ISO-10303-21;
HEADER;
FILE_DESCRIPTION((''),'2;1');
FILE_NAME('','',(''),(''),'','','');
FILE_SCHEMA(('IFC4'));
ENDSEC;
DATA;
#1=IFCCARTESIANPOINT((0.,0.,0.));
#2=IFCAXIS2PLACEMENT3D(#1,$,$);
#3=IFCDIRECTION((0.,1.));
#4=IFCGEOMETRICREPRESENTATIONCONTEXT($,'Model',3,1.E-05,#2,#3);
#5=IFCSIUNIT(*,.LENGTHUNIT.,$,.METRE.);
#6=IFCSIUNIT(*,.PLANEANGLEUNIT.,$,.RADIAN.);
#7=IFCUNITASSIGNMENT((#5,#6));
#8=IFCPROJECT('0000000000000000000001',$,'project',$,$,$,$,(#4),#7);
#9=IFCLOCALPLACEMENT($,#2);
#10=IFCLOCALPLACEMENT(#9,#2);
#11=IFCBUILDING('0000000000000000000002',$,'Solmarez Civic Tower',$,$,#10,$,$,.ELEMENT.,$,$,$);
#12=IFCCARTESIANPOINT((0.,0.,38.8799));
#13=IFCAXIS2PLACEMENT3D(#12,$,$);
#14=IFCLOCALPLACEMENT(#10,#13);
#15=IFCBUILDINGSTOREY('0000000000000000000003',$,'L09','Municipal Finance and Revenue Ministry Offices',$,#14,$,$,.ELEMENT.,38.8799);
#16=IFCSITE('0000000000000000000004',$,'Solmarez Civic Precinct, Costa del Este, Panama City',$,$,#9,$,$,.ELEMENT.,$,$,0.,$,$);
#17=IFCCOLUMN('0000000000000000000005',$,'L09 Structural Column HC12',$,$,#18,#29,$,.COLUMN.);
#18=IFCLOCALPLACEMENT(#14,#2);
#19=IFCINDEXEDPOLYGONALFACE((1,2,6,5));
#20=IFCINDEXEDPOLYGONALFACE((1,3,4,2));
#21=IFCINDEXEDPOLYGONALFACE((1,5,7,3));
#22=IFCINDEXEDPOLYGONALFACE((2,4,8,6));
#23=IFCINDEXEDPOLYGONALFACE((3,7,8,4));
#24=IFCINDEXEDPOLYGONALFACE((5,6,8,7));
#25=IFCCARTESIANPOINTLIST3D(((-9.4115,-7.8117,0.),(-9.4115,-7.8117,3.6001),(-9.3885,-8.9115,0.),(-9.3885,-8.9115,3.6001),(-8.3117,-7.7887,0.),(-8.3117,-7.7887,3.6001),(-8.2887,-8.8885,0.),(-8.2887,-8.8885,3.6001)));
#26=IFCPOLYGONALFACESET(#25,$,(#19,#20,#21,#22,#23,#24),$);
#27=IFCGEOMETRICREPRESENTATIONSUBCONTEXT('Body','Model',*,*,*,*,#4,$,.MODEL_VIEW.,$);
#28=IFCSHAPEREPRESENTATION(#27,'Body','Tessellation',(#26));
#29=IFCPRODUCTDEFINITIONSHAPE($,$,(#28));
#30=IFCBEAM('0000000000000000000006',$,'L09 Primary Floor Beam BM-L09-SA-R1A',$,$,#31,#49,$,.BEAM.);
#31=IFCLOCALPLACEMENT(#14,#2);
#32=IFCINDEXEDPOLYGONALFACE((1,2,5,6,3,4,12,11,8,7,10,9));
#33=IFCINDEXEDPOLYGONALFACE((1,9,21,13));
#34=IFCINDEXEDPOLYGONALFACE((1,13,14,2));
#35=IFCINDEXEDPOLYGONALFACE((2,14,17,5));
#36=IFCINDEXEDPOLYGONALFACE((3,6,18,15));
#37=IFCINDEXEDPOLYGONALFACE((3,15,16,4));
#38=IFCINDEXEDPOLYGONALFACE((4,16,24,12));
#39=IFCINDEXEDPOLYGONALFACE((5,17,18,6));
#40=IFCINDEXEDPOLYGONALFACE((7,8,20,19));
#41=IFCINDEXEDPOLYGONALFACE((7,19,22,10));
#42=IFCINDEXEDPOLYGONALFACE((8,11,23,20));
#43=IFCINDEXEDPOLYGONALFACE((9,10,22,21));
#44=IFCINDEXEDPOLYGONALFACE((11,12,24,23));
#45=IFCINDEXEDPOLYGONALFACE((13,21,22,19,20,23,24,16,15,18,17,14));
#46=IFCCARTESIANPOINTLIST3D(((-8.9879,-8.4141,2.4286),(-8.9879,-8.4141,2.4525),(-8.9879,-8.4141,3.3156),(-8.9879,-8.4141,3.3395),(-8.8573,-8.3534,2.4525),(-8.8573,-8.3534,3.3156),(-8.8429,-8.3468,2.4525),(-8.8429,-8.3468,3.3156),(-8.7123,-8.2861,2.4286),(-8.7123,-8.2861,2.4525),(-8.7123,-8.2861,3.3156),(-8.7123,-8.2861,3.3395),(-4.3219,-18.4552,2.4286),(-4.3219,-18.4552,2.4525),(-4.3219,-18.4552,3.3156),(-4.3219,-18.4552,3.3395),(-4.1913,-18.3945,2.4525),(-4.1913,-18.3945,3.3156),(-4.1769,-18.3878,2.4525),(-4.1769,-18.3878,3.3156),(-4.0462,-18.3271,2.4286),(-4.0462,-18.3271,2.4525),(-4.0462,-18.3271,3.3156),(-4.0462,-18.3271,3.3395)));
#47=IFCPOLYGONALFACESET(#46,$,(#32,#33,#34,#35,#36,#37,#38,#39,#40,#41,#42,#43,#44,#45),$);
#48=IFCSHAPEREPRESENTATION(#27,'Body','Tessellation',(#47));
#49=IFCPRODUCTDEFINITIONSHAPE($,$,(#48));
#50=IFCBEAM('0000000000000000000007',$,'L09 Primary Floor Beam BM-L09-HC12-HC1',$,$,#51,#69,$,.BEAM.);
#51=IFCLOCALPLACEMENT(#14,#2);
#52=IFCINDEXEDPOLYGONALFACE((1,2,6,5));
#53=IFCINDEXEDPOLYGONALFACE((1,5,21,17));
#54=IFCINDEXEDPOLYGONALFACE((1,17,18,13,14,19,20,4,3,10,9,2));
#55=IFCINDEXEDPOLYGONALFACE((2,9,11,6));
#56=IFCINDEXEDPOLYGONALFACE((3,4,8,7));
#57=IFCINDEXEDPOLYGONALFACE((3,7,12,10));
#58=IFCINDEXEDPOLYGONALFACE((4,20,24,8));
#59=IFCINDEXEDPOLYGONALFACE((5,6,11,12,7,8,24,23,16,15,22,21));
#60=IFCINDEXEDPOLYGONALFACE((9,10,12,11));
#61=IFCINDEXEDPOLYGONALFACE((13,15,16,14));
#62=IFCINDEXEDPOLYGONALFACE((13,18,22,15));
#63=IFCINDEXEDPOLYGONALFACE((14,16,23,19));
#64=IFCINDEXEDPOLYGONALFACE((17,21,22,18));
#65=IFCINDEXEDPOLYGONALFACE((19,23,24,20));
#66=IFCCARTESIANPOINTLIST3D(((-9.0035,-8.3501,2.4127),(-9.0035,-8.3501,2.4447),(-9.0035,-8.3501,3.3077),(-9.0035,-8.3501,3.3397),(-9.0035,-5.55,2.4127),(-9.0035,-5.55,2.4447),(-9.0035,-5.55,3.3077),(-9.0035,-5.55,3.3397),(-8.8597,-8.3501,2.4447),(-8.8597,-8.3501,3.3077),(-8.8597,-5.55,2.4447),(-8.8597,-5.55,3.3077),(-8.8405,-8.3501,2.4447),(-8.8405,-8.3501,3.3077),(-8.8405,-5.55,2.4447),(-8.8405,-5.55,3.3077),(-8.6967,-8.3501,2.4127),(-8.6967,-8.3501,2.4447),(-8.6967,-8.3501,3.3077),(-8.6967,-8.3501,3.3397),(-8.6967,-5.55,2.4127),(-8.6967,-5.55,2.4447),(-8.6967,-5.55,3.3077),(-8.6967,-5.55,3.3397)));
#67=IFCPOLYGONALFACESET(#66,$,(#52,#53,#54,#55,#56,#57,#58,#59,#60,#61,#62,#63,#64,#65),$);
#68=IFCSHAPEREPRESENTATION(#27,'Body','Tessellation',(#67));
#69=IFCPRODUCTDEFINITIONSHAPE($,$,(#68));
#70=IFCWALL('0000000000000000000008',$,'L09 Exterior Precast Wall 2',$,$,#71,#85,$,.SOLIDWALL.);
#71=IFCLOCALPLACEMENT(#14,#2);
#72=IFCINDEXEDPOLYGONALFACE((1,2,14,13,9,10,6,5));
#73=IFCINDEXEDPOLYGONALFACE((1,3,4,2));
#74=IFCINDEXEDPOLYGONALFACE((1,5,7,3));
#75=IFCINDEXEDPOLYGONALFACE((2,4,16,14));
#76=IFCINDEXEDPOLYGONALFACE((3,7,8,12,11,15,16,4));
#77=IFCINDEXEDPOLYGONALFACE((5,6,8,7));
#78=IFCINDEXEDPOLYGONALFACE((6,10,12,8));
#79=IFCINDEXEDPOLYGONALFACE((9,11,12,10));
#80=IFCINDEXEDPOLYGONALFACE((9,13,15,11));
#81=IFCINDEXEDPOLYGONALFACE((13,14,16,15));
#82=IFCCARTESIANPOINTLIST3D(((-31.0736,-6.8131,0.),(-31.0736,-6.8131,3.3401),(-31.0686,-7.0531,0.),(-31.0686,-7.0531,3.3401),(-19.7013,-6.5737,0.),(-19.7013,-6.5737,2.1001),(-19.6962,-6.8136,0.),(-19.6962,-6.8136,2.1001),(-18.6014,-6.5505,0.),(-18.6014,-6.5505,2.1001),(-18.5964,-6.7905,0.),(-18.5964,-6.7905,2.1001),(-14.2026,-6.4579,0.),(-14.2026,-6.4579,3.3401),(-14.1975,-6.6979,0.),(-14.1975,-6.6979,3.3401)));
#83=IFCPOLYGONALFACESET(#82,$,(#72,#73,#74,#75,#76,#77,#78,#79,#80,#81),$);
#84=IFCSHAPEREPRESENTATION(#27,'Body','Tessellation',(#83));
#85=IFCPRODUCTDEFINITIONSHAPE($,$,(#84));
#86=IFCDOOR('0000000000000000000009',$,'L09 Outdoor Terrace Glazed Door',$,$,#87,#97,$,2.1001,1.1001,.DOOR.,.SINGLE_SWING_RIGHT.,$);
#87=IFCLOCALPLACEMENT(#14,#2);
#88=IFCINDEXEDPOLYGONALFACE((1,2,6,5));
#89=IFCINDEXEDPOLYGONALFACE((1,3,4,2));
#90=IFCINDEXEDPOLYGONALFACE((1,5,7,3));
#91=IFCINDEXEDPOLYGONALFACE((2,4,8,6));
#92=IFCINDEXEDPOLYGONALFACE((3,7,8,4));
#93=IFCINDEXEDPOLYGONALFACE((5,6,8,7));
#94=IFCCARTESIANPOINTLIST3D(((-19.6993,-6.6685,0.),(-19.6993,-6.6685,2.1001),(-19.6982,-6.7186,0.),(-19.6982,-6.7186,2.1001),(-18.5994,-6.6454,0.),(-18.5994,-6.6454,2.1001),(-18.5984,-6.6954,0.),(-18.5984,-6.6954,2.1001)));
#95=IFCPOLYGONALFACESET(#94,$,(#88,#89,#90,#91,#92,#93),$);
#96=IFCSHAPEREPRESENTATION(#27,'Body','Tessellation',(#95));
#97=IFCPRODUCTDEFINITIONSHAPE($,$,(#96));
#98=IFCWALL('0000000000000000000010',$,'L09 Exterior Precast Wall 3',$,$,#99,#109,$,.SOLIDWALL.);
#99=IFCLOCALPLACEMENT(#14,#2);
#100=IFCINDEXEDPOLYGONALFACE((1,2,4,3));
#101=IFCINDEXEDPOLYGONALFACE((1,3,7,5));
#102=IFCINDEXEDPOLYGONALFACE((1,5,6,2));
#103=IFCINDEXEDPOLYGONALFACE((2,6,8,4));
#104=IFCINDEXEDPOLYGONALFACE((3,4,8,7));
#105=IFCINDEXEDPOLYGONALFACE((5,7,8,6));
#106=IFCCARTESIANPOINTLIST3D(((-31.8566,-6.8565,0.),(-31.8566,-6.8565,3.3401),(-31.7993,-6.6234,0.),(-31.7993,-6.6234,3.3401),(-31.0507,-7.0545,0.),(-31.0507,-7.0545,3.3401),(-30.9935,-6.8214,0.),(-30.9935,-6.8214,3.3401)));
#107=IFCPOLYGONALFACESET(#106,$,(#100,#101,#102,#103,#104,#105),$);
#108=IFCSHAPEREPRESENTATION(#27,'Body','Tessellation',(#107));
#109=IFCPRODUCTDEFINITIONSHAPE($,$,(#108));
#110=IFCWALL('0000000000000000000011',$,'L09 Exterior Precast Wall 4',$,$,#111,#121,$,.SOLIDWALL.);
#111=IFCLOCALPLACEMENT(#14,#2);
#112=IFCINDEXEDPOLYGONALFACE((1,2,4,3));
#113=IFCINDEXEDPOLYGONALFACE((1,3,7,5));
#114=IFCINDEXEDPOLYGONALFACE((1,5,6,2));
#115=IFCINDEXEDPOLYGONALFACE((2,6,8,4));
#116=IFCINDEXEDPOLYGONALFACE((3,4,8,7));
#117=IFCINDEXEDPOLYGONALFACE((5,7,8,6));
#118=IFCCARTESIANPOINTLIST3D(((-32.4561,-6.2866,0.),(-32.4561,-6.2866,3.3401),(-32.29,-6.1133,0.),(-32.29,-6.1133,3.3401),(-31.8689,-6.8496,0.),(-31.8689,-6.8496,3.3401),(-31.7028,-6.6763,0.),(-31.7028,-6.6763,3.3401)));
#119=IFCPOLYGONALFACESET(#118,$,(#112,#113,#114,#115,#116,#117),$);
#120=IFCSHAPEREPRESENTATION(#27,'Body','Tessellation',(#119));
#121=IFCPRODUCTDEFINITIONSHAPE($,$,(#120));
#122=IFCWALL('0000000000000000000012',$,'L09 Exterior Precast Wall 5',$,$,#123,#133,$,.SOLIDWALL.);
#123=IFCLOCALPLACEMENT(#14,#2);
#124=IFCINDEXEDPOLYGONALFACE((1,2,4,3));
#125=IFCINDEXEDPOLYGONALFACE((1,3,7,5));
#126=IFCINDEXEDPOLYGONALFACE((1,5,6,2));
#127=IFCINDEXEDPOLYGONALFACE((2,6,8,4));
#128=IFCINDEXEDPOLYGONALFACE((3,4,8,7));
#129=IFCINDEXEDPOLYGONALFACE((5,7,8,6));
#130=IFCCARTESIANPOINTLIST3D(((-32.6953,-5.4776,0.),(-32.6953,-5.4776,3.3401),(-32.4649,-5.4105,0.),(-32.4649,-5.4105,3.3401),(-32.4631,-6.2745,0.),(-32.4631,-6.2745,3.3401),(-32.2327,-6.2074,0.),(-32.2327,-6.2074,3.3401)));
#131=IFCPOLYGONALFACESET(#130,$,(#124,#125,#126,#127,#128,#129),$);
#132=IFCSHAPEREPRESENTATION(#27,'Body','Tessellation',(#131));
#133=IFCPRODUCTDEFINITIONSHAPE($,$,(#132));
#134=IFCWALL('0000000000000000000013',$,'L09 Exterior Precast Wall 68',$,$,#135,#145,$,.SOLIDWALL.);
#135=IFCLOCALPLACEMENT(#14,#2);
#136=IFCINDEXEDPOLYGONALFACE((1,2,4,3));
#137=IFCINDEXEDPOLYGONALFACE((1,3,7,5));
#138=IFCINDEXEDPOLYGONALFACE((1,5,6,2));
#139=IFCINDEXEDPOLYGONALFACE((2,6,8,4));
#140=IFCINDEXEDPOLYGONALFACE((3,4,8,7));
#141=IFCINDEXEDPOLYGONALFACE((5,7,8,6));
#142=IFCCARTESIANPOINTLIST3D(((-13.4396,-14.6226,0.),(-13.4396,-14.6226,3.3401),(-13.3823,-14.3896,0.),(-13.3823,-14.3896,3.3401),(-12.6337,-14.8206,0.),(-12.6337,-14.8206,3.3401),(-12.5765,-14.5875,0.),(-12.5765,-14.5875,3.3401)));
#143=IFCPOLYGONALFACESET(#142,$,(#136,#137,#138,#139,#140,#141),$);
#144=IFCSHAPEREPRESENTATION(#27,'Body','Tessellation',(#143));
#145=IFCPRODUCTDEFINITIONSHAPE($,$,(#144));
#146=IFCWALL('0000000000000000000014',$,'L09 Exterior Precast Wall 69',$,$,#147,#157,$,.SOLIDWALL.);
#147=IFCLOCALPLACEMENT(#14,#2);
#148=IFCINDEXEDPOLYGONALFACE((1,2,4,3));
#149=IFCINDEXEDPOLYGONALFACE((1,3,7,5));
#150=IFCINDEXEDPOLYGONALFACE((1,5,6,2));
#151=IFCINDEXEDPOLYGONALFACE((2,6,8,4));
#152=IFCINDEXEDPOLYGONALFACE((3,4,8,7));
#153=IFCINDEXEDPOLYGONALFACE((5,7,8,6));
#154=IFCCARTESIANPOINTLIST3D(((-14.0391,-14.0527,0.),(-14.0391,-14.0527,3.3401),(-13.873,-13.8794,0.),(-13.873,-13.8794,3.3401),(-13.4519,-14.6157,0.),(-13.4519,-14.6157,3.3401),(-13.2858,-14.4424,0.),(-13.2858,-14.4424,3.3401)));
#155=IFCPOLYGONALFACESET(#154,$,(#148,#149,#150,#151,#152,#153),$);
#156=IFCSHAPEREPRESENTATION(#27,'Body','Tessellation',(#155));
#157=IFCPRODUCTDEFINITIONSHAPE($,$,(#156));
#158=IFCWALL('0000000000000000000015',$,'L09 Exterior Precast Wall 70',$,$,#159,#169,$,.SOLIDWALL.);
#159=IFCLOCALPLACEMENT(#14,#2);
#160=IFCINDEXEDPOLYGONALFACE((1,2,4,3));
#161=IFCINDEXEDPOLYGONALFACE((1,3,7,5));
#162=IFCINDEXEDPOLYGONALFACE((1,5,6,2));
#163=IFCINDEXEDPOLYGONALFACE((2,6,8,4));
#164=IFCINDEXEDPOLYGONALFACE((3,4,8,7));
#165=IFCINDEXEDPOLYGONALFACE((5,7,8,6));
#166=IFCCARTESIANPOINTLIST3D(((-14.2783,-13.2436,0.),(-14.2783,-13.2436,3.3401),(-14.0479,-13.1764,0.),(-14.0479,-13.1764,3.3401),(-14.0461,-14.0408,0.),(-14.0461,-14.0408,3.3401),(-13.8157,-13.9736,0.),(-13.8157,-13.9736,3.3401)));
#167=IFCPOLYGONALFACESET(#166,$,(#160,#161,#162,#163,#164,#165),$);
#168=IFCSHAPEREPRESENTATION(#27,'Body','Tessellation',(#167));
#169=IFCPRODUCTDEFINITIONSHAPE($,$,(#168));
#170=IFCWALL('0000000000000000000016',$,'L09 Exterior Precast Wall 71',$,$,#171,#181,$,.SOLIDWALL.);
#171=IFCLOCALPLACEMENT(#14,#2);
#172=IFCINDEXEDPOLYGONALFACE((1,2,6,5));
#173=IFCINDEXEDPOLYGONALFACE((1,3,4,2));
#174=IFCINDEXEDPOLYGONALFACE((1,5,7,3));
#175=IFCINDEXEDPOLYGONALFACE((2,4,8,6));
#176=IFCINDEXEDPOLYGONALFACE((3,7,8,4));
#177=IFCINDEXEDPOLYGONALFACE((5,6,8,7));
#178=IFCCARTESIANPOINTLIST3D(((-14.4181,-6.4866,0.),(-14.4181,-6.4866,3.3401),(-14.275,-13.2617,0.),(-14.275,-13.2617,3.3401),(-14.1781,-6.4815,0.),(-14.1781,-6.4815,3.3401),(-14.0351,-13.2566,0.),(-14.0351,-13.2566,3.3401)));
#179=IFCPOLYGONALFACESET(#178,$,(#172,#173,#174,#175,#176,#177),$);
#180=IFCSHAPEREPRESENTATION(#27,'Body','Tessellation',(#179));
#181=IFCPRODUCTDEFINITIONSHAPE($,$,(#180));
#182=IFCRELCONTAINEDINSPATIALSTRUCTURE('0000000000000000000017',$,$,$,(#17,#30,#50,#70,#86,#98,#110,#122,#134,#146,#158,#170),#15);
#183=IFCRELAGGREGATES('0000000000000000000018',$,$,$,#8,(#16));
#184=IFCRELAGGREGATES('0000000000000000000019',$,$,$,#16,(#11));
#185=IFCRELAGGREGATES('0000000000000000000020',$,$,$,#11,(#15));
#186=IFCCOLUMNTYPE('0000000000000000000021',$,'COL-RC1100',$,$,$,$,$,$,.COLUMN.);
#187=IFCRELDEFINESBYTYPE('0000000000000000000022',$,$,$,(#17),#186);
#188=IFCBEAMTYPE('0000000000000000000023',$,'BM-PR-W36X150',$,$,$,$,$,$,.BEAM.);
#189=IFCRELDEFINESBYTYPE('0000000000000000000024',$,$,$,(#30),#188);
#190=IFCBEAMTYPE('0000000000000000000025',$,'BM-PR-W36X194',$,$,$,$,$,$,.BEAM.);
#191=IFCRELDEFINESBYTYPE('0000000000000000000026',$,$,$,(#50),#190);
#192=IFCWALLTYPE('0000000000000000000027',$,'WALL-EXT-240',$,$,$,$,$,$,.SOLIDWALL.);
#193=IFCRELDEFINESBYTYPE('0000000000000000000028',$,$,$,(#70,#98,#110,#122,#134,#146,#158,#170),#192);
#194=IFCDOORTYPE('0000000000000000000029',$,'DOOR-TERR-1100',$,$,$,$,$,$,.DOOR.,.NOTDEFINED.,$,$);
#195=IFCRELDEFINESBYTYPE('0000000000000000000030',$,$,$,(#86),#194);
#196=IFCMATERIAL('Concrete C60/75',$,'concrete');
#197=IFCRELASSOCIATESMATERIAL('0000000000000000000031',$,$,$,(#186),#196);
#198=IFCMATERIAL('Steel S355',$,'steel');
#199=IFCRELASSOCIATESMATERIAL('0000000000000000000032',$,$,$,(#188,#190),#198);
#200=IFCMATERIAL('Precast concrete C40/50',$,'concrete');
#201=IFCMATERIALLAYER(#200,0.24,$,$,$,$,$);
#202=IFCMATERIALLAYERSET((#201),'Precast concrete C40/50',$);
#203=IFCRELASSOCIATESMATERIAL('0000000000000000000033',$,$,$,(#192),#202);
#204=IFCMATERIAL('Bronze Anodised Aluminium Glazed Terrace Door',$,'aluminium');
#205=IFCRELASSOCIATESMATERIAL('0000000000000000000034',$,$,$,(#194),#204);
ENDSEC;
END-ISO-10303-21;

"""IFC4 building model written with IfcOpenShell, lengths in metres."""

from ifc_helpers import new_model, si_unit, direction, frame, frame_2d, origin, origin_2d, place, context, subcontext, project, spatial, rectangle, i_section, extrude, material, layer, layer_set, material_profile, profile_set, type_object, element, fill, save


model = new_model("IFC4")

# Units and contexts
model_context = context("Model", 3, precision=1e-05, world=origin(), true_north=direction((0.0, 1.0)))
body_context = subcontext(model_context, "Body", "Model", "MODEL_VIEW")
ifc_project = project(units=[si_unit("LENGTHUNIT", "METRE"), si_unit("PLANEANGLEUNIT", "RADIAN")], contexts=[model_context])

# Site, building, storey
site_placement = place(None, origin())
site = spatial("IfcSite", under=ifc_project, at=site_placement, Name="Solmarez Civic Precinct, Costa del Este, Panama City", CompositionType="ELEMENT", RefElevation=0.0)
building_placement = place(site_placement, origin())
building = spatial("IfcBuilding", under=site, at=building_placement, Name="Solmarez Civic Tower", CompositionType="ELEMENT")
storey_placement = place(building_placement, frame((0.0, 0.0, 38.8799)))
storey = spatial("IfcBuildingStorey", under=building, at=storey_placement, Name="L09", Description="Municipal Finance and Revenue Ministry Offices", CompositionType="ELEMENT", Elevation=38.8799)

# Column
ifc_material_1 = material(Name="Concrete C60/75", Category="concrete")
ifc_material_profile_1 = material_profile(ifc_material_1, rectangle(XDim=1.1001, YDim=1.1001, at=origin_2d()), Name="RC1100X1100")
ifc_profile_set_1 = profile_set([ifc_material_profile_1], Name="Concrete C60/75")
column_type = type_object("IfcColumnType", Name="COL-RC1100", PredefinedType="COLUMN", material=ifc_profile_set_1)
column_placement = place(storey_placement, frame((-8.8501, -8.3501, 0.0), z_axis=(0.0, 0.0, 1.0), x_axis=(0.999781, 0.020942, 0.0)))
element("IfcColumn", 1, at=column_placement, inside=storey, type_object=column_type, Name="L09 Structural Column HC12", PredefinedType="COLUMN", context=body_context, shape_type="SweptSolid", body=[
    extrude(rectangle(XDim=1.1001, YDim=1.1001, at=origin_2d()), origin(), (0.0, 0.0, 1.0), 3.6001),
])

# Beams
ifc_material_2 = material(Name="Steel S355", Category="steel")
ifc_material_profile_2 = material_profile(ifc_material_2, i_section(OverallWidth=0.304, OverallDepth=0.9109, WebThickness=0.0159, FlangeThickness=0.0239, at=origin_2d()), Name="W36X150")
ifc_profile_set_2 = profile_set([ifc_material_profile_2], Name="Steel S355")
beam_type_1 = type_object("IfcBeamType", Name="BM-PR-W36X150", PredefinedType="BEAM", material=ifc_profile_set_2)
beam_1_placement = place(storey_placement, frame((-8.8501, -8.3501, 2.884), z_axis=(0.421417, -0.906867, 0.0), x_axis=(0.906867, 0.421417, 0.0)))
element("IfcBeam", 2, at=beam_1_placement, inside=storey, type_object=beam_type_1, Name="L09 Primary Floor Beam BM-L09-SA-R1A", PredefinedType="BEAM", context=body_context, shape_type="SweptSolid", body=[
    extrude(i_section(OverallWidth=0.304, OverallDepth=0.9109, WebThickness=0.0159, FlangeThickness=0.0239, at=origin_2d()), origin(), (0.0, 0.0, 1.0), 11.0723),
])
ifc_material_profile_3 = material_profile(ifc_material_2, i_section(OverallWidth=0.3069, OverallDepth=0.927, WebThickness=0.0193, FlangeThickness=0.032, at=origin_2d()), Name="W36X194")
ifc_profile_set_3 = profile_set([ifc_material_profile_3], Name="Steel S355")
beam_type_2 = type_object("IfcBeamType", Name="BM-PR-W36X194", PredefinedType="BEAM", material=ifc_profile_set_3)
beam_2_placement = place(storey_placement, frame((-8.8501, -8.3501, 2.8762), z_axis=(0.0, 1.0, 0.0), x_axis=(-1.0, 0.0, 0.0)))
element("IfcBeam", 3, at=beam_2_placement, inside=storey, type_object=beam_type_2, Name="L09 Primary Floor Beam BM-L09-HC12-HC1", PredefinedType="BEAM", context=body_context, shape_type="SweptSolid", body=[
    extrude(i_section(OverallWidth=0.3069, OverallDepth=0.927, WebThickness=0.0193, FlangeThickness=0.032, at=origin_2d()), origin(), (0.0, 0.0, 1.0), 2.8),
])

# Wall, opening, door
ifc_material_3 = material(Name="Precast concrete C40/50", Category="concrete")
ifc_layer_1 = layer(ifc_material_3, 0.24)
ifc_layer_set_1 = layer_set([ifc_layer_1], Name="Precast concrete C40/50")
wall_type_1 = type_object("IfcWallType", Name="WALL-EXT-240", PredefinedType="SOLIDWALL", material=ifc_layer_set_1)
wall_1_placement = place(storey_placement, frame((-14.2, -6.5779, 0.0), z_axis=(0.0, 0.0, 1.0), x_axis=(-0.999778, -0.021051, 0.0)))
wall_1 = element("IfcWall", 4, at=wall_1_placement, inside=storey, type_object=wall_type_1, Name="L09 Exterior Precast Wall 2", PredefinedType="SOLIDWALL", context=body_context, shape_type="SweptSolid", body=[
    extrude(rectangle(XDim=16.8748, YDim=0.24, at=frame_2d((8.4375, 0.0))), origin(), (0.0, 0.0, 1.0), 3.3401),
])
opening_1_placement = place(wall_1_placement, frame((4.3999, 0.0, 0.0)))
opening_1 = element("IfcOpeningElement", 5, at=opening_1_placement, cuts=wall_1, PredefinedType="OPENING", context=body_context, shape_type="SweptSolid", body=[
    extrude(rectangle(XDim=1.1001, YDim=2.1001, at=frame_2d((0.55, 1.05))), frame((0.0, 0.1299, 0.0), z_axis=(0.0, -1.0, 0.0), x_axis=(1.0, 0.0, 0.0)), (0.0, 0.0, 1.0), 0.26),
])
ifc_material_4 = material(Name="Bronze Anodised Aluminium Glazed Terrace Door", Category="aluminium")
door_type_1 = type_object("IfcDoorType", Name="DOOR-TERR-1100", OperationType="NOTDEFINED", PredefinedType="DOOR", material=ifc_material_4)
door_1_placement = place(opening_1_placement, origin())
door_1 = element("IfcDoor", 6, at=door_1_placement, inside=storey, type_object=door_type_1, Name="L09 Outdoor Terrace Glazed Door", OperationType="SINGLE_SWING_RIGHT", OverallHeight=2.1001, OverallWidth=1.1001, PredefinedType="DOOR", context=body_context, shape_type="SweptSolid", body=[
    extrude(rectangle(XDim=1.1001, YDim=2.1001, at=frame_2d((0.55, 1.05))), frame((0.0, 0.0249, 0.0), z_axis=(0.0, -1.0, 0.0), x_axis=(1.0, 0.0, 0.0)), (0.0, 0.0, 1.0), 0.05),
])
fill(opening_1, door_1)

# Walls
wall_2_placement = place(storey_placement, frame((-31.022, -6.938, 0.0), z_axis=(0.0, 0.0, 1.0), x_axis=(-0.971121, 0.238588, 0.0)))
element("IfcWall", 7, at=wall_2_placement, inside=storey, type_object=wall_type_1, Name="L09 Exterior Precast Wall 3", PredefinedType="SOLIDWALL", context=body_context, shape_type="SweptSolid", body=[
    extrude(rectangle(XDim=0.8298, YDim=0.24, at=frame_2d((0.415, 0.0))), origin(), (0.0, 0.0, 1.0), 3.3401),
])
wall_3_placement = place(storey_placement, frame((-31.7859, -6.7629, 0.0), z_axis=(0.0, 0.0, 1.0), x_axis=(-0.721807, 0.692094, 0.0)))
element("IfcWall", 8, at=wall_3_placement, inside=storey, type_object=wall_type_1, Name="L09 Exterior Precast Wall 4", PredefinedType="SOLIDWALL", context=body_context, shape_type="SweptSolid", body=[
    extrude(rectangle(XDim=0.8135, YDim=0.24, at=frame_2d((0.4067, 0.0))), origin(), (0.0, 0.0, 1.0), 3.3401),
])
wall_4_placement = place(storey_placement, frame((-32.3479, -6.241, 0.0), z_axis=(0.0, 0.0, 1.0), x_axis=(-0.279729, 0.960079, 0.0)))
element("IfcWall", 9, at=wall_4_placement, inside=storey, type_object=wall_type_1, Name="L09 Exterior Precast Wall 5", PredefinedType="SOLIDWALL", context=body_context, shape_type="SweptSolid", body=[
    extrude(rectangle(XDim=0.8301, YDim=0.24, at=frame_2d((0.415, 0.0))), origin(), (0.0, 0.0, 1.0), 3.3401),
])
wall_5_placement = place(storey_placement, frame((-12.605, -14.7041, 0.0), z_axis=(0.0, 0.0, 1.0), x_axis=(-0.971121, 0.238588, 0.0)))
element("IfcWall", 10, at=wall_5_placement, inside=storey, type_object=wall_type_1, Name="L09 Exterior Precast Wall 68", PredefinedType="SOLIDWALL", context=body_context, shape_type="SweptSolid", body=[
    extrude(rectangle(XDim=0.8298, YDim=0.24, at=frame_2d((0.415, 0.0))), origin(), (0.0, 0.0, 1.0), 3.3401),
])
wall_6_placement = place(storey_placement, frame((-13.3689, -14.5291, 0.0), z_axis=(0.0, 0.0, 1.0), x_axis=(-0.721807, 0.692094, 0.0)))
element("IfcWall", 11, at=wall_6_placement, inside=storey, type_object=wall_type_1, Name="L09 Exterior Precast Wall 69", PredefinedType="SOLIDWALL", context=body_context, shape_type="SweptSolid", body=[
    extrude(rectangle(XDim=0.8135, YDim=0.24, at=frame_2d((0.4067, 0.0))), origin(), (0.0, 0.0, 1.0), 3.3401),
])
wall_7_placement = place(storey_placement, frame((-13.9309, -14.0071, 0.0), z_axis=(0.0, 0.0, 1.0), x_axis=(-0.27965, 0.960102, 0.0)))
element("IfcWall", 12, at=wall_7_placement, inside=storey, type_object=wall_type_1, Name="L09 Exterior Precast Wall 70", PredefinedType="SOLIDWALL", context=body_context, shape_type="SweptSolid", body=[
    extrude(rectangle(XDim=0.8303, YDim=0.24, at=frame_2d((0.415, 0.0))), origin(), (0.0, 0.0, 1.0), 3.3401),
])
wall_8_placement = place(storey_placement, frame((-14.155, -13.259, 0.0), z_axis=(0.0, 0.0, 1.0), x_axis=(-0.021112, 0.999777, 0.0)))
element("IfcWall", 13, at=wall_8_placement, inside=storey, type_object=wall_type_1, Name="L09 Exterior Precast Wall 71", PredefinedType="SOLIDWALL", context=body_context, shape_type="SweptSolid", body=[
    extrude(rectangle(XDim=6.7766, YDim=0.24, at=frame_2d((3.3882, 0.0))), origin(), (0.0, 0.0, 1.0), 3.3401),
])

save(model, "model.ifc")
